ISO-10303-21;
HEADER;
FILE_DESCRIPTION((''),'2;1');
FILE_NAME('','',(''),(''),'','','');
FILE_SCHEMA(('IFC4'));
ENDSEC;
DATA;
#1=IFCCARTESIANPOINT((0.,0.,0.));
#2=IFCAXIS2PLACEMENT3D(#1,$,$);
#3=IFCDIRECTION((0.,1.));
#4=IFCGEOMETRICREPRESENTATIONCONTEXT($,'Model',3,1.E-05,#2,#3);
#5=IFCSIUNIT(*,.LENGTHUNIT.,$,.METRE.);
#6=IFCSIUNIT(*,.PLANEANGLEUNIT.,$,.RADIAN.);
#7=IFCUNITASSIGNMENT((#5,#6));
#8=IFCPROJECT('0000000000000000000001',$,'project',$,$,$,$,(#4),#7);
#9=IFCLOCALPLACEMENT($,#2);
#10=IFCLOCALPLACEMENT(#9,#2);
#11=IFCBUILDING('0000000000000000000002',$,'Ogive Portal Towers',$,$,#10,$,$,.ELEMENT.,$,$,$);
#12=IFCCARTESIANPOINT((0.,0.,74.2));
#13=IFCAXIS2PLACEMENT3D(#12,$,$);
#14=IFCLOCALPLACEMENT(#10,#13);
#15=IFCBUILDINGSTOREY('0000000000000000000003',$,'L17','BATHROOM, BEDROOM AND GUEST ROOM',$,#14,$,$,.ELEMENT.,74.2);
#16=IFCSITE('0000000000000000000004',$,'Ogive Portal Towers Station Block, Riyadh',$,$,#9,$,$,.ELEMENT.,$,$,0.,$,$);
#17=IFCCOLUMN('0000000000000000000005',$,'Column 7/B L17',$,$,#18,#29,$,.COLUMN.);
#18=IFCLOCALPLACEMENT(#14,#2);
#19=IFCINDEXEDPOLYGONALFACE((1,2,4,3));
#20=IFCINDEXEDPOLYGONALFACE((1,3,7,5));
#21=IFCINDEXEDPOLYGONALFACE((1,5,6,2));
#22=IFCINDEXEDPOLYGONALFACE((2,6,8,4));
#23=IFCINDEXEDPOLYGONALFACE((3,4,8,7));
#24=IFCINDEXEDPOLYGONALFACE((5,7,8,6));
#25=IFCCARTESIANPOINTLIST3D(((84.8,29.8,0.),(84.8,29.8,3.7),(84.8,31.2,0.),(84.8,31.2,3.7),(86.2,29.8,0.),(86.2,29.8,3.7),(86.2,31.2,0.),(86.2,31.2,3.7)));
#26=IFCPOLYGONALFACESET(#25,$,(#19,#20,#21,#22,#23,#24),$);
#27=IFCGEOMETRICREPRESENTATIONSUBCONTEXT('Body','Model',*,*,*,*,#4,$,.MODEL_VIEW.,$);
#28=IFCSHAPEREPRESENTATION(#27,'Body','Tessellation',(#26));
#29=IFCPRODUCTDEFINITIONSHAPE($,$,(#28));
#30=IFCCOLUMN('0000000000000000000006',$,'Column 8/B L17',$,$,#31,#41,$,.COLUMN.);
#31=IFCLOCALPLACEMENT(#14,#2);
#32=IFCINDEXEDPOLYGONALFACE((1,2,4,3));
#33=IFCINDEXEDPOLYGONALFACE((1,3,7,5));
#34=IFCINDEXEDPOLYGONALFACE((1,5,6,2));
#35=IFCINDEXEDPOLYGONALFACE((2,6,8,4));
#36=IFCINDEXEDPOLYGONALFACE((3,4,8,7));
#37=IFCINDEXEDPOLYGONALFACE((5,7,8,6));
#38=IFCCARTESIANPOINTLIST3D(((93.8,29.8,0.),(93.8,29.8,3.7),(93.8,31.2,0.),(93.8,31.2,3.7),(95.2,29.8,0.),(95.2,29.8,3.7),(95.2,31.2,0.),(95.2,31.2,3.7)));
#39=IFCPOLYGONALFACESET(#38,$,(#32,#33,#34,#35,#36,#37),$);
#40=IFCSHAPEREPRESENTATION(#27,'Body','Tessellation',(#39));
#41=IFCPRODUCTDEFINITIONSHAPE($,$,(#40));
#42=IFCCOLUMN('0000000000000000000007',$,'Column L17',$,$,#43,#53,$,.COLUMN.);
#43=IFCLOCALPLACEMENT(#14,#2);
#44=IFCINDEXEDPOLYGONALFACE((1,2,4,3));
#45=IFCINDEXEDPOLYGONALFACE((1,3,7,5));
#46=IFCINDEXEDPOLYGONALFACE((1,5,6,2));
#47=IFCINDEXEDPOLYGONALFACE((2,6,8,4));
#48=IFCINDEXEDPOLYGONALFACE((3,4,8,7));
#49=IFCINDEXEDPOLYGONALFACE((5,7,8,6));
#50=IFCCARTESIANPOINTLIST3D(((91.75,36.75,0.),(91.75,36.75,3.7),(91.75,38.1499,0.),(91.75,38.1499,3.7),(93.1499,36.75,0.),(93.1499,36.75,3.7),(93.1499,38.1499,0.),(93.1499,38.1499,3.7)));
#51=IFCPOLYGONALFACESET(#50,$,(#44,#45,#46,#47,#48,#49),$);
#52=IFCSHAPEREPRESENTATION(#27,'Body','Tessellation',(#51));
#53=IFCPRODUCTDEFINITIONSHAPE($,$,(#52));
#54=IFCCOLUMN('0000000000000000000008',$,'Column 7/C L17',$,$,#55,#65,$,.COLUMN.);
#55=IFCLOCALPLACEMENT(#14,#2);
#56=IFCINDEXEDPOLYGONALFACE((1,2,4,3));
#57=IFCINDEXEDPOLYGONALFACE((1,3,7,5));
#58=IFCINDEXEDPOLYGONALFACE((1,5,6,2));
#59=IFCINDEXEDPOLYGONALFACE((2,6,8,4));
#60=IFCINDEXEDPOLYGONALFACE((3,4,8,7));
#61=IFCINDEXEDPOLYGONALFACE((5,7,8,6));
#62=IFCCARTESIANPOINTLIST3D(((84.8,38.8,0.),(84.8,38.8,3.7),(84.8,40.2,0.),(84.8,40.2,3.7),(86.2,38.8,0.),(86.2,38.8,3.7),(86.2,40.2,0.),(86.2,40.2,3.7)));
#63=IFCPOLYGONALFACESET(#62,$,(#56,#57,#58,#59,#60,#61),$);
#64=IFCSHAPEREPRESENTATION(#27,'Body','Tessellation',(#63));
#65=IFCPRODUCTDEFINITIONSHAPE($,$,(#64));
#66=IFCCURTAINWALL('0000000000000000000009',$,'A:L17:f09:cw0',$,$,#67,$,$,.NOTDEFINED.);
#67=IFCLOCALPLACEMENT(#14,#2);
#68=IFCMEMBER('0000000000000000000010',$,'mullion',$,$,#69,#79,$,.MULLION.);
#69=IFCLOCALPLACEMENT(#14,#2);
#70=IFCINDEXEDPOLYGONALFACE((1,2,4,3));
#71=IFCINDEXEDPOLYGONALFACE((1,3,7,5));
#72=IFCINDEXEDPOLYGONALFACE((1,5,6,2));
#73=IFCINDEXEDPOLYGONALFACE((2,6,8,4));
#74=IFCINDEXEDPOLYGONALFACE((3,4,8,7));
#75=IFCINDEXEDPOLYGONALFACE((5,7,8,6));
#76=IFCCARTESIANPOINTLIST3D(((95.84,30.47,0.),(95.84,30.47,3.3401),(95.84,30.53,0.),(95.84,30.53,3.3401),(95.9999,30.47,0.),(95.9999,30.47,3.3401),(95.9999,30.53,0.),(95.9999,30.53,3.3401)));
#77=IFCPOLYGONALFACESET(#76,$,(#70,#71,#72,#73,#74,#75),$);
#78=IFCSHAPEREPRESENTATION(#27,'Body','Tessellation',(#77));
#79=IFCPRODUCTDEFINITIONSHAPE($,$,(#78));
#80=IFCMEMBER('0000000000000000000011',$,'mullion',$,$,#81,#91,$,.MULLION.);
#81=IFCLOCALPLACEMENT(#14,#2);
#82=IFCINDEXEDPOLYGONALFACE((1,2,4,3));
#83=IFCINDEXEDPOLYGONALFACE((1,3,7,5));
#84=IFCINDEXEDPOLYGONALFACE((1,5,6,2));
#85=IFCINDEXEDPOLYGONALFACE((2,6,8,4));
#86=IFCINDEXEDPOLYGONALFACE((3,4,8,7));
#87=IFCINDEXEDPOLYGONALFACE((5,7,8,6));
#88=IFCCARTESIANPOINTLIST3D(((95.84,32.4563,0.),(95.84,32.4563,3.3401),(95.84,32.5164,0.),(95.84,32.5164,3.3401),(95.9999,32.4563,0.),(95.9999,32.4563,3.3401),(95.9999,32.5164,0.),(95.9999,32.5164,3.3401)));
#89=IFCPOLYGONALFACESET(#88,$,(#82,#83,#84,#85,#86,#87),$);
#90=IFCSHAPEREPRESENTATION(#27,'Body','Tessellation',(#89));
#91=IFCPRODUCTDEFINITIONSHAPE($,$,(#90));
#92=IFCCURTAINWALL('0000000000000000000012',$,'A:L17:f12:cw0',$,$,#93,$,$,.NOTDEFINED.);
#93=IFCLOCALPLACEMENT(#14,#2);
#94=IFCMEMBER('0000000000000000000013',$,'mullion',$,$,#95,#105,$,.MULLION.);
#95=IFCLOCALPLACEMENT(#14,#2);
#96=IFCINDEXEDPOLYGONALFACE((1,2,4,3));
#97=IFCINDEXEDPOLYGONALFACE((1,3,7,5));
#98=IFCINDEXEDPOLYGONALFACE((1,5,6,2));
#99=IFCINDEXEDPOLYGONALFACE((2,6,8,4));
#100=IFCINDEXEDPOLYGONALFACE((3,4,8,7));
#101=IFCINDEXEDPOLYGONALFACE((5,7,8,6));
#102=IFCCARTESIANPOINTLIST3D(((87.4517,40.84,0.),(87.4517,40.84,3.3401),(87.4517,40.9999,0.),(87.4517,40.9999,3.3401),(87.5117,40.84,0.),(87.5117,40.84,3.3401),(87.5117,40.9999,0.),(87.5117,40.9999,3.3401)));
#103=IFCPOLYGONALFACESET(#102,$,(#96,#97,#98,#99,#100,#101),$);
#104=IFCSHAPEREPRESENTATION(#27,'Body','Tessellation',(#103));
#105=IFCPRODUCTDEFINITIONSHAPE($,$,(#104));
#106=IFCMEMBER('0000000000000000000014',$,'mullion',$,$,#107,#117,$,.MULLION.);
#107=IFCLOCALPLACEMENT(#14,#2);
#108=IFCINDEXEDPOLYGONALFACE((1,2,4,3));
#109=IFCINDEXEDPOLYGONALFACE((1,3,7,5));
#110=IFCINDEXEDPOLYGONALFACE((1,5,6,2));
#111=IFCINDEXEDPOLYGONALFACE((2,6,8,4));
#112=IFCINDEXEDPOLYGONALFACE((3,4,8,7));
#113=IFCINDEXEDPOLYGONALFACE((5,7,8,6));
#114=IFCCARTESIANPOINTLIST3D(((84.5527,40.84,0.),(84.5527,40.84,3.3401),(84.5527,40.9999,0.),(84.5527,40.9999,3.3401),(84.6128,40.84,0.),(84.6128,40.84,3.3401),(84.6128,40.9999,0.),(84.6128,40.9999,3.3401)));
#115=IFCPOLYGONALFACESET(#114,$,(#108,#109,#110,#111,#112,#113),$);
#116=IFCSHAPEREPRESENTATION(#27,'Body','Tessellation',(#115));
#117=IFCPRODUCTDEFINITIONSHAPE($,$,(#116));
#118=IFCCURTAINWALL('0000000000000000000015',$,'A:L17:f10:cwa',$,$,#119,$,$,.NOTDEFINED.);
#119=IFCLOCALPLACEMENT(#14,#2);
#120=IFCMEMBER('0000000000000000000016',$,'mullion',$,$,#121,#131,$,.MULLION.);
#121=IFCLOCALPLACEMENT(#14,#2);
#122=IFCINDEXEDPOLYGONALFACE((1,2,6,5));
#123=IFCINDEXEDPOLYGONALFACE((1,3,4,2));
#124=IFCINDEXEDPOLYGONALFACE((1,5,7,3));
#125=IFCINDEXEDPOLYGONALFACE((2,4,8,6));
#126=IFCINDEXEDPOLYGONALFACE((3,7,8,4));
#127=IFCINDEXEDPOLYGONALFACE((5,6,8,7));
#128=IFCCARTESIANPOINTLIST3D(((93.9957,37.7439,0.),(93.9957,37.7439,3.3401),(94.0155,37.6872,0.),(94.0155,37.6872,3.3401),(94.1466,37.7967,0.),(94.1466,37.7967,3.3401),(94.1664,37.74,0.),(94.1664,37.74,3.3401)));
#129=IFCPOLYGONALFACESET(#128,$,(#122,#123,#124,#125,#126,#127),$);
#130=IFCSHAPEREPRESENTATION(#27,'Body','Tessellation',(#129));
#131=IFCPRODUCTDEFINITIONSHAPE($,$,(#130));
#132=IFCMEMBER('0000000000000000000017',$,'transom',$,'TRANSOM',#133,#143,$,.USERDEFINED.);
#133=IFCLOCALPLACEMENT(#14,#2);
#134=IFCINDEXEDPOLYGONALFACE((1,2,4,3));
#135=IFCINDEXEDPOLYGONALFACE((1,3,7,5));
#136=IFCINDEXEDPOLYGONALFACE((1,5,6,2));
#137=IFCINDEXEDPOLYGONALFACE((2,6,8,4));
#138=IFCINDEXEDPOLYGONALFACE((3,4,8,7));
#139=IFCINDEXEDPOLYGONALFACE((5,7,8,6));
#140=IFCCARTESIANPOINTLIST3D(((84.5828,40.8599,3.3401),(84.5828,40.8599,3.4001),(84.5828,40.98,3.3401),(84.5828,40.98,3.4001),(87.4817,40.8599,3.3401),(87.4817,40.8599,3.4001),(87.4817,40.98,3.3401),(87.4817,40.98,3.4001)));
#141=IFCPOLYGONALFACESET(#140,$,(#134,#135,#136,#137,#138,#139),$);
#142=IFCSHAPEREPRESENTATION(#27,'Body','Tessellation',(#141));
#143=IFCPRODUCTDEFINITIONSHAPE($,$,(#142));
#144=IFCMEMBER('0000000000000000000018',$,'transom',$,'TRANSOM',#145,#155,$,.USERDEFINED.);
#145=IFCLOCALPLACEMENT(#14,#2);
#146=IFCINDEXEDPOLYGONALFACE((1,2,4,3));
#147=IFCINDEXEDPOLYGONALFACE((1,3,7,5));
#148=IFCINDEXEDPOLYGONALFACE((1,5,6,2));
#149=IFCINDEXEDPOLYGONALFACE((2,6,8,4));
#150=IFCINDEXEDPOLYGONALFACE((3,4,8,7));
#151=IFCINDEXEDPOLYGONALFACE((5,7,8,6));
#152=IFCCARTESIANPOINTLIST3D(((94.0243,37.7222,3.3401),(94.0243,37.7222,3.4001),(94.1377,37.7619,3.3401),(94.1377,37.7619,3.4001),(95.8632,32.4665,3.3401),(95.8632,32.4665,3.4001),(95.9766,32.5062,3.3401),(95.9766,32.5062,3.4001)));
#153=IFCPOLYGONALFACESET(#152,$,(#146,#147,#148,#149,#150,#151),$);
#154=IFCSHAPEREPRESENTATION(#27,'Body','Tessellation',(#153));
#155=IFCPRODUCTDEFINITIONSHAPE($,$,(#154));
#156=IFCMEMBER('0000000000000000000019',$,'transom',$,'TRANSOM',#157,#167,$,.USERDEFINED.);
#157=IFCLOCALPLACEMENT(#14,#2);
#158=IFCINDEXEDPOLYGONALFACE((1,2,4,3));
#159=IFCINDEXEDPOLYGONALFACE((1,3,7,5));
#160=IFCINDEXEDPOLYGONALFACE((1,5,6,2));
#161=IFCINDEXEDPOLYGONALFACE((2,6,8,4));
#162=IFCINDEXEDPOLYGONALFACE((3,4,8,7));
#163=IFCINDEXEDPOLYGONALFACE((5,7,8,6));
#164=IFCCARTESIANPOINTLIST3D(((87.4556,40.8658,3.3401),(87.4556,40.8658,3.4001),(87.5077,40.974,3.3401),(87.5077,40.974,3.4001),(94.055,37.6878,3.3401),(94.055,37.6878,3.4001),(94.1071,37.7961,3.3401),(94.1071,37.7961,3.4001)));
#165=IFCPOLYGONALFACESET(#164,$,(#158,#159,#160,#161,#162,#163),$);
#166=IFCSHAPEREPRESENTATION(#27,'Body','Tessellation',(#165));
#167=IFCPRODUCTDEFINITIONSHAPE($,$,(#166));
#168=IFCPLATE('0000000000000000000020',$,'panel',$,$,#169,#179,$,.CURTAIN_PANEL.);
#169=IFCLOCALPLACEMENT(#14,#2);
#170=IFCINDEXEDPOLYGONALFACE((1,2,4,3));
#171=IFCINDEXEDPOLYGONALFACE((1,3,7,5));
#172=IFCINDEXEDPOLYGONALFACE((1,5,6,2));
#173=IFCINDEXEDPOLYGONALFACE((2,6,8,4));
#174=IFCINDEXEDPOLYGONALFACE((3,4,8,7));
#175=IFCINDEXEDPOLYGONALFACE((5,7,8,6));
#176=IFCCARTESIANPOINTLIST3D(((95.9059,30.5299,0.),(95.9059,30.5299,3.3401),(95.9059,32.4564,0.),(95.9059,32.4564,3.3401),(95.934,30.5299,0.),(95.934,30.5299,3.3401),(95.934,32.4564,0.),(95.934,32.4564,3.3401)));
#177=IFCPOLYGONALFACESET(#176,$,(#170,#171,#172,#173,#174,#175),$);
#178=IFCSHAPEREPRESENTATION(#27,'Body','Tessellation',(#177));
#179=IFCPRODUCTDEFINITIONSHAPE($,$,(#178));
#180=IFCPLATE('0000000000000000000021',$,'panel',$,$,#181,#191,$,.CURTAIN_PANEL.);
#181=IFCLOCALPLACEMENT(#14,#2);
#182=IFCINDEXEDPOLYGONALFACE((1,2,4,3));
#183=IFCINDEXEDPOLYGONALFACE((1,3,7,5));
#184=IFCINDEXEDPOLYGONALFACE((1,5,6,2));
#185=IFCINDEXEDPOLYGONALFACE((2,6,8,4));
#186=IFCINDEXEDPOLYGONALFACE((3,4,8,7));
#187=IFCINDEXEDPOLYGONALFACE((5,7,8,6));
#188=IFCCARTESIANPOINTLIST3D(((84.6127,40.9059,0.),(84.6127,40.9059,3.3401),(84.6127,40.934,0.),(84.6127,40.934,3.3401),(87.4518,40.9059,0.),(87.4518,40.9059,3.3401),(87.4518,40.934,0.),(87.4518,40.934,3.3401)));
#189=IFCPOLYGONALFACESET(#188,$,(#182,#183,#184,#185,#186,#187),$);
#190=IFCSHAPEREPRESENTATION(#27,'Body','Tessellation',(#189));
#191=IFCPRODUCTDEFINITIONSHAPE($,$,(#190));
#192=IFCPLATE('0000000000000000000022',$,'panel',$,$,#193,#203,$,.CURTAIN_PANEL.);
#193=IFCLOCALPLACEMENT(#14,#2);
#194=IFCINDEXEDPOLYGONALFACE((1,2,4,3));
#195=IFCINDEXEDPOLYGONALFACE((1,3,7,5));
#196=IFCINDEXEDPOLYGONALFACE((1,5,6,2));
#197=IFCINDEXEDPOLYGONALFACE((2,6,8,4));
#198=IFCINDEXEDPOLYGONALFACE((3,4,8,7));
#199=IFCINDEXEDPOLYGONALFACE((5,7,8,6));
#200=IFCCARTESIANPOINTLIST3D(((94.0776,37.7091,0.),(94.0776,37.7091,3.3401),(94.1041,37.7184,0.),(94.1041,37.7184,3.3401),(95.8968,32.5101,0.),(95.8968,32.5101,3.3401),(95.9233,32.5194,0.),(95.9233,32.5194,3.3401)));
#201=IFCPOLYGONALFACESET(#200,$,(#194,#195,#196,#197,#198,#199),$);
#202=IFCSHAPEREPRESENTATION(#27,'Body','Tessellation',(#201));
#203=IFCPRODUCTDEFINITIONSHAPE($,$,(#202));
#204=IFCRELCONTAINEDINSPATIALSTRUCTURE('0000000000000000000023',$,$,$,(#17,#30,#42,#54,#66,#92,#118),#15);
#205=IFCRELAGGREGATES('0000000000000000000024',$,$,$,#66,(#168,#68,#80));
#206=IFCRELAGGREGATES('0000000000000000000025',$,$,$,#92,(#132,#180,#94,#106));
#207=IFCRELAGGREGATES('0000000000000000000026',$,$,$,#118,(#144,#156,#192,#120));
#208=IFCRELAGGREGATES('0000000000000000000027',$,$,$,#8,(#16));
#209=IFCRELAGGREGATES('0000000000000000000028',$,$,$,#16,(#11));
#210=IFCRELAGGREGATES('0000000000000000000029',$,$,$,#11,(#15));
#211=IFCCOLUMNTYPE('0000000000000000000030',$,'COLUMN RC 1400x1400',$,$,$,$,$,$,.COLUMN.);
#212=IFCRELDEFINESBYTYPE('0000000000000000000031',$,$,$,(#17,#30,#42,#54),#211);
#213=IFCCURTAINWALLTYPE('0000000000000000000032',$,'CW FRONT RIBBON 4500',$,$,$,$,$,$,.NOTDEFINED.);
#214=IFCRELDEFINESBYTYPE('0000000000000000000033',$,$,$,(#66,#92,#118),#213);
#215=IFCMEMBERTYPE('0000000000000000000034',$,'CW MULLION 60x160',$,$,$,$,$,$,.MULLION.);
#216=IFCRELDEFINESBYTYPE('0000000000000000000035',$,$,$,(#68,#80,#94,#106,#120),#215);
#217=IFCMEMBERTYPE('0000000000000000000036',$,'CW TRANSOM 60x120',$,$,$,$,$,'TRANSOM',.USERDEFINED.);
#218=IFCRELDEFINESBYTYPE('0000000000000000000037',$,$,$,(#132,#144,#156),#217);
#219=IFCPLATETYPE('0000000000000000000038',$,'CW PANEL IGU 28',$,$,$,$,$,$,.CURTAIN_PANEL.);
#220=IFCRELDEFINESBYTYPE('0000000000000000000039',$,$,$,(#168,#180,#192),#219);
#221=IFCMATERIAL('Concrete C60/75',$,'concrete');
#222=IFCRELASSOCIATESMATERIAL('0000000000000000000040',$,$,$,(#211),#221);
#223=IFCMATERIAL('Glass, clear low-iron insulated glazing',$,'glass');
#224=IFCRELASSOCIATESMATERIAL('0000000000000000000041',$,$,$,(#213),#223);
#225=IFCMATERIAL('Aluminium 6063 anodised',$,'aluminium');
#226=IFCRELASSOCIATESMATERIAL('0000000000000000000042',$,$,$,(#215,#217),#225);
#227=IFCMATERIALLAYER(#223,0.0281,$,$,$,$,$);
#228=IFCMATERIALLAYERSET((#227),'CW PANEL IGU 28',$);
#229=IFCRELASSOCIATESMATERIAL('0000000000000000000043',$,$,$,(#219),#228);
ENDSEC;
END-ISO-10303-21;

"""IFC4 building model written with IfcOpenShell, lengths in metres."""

from ifc_helpers import new_model, si_unit, direction, frame, origin, origin_2d, place, context, subcontext, project, spatial, rectangle, extrude, material, layer, layer_set, material_profile, profile_set, type_object, element, aggregate, save


model = new_model("IFC4")

# Units and contexts
model_context = context("Model", 3, precision=1e-05, world=origin(), true_north=direction((0.0, 1.0)))
body_context = subcontext(model_context, "Body", "Model", "MODEL_VIEW")
ifc_project = project(units=[si_unit("LENGTHUNIT", "METRE"), si_unit("PLANEANGLEUNIT", "RADIAN")], contexts=[model_context])

# Site, building, storey
site_placement = place(None, origin())
site = spatial("IfcSite", under=ifc_project, at=site_placement, Name="Ogive Portal Towers Station Block, Riyadh", CompositionType="ELEMENT", RefElevation=0.0)
building_placement = place(site_placement, origin())
building = spatial("IfcBuilding", under=site, at=building_placement, Name="Ogive Portal Towers", CompositionType="ELEMENT")
storey_placement = place(building_placement, frame((0.0, 0.0, 74.2)))
storey = spatial("IfcBuildingStorey", under=building, at=storey_placement, Name="L17", Description="BATHROOM, BEDROOM AND GUEST ROOM", CompositionType="ELEMENT", Elevation=74.2)

# Columns
ifc_material_1 = material(Name="Concrete C60/75", Category="concrete")
ifc_material_profile_1 = material_profile(ifc_material_1, rectangle(XDim=1.3999, YDim=1.3999, at=origin_2d()), Name="RC 1400x1400")
ifc_profile_set_1 = profile_set([ifc_material_profile_1], Name="Concrete C60/75")
column_type = type_object("IfcColumnType", Name="COLUMN RC 1400x1400", PredefinedType="COLUMN", material=ifc_profile_set_1)
for number, where, z_axis, x_axis, name in (
    (1, (85.5, 30.5, 0.0), (0.0, 0.0, 1.0), (1.0, 0.0, 0.0), "Column 7/B L17"),
    (2, (94.5, 30.5, 0.0), (0.0, 0.0, 1.0), (1.0, 0.0, 0.0), "Column 8/B L17"),
    (3, (92.45, 37.45, 0.0), (0.0, 0.0, 1.0), (1.0, 0.0, 0.0), "Column L17"),
    (4, (85.5, 39.5, 0.0), (0.0, 0.0, 1.0), (1.0, 0.0, 0.0), "Column 7/C L17"),
):
    element("IfcColumn", number, at=place(storey_placement, frame(where, z_axis=z_axis, x_axis=x_axis)), inside=storey, type_object=column_type, Name=name, PredefinedType="COLUMN", context=body_context, shape_type="SweptSolid", body=[
        extrude(rectangle(XDim=1.3999, YDim=1.3999, at=origin_2d()), origin(), (0.0, 0.0, 1.0), 3.7),
    ])

# Curtain walls, members
ifc_material_2 = material(Name="Glass, clear low-iron insulated glazing", Category="glass")
curtain_wall_type = type_object("IfcCurtainWallType", Name="CW FRONT RIBBON 4500", PredefinedType="NOTDEFINED", material=ifc_material_2)
curtain_wall_1_placement = place(storey_placement, origin())
curtain_wall_1 = element("IfcCurtainWall", 5, at=curtain_wall_1_placement, inside=storey, type_object=curtain_wall_type, Name="A:L17:f09:cw0", PredefinedType="NOTDEFINED")
ifc_material_3 = material(Name="Aluminium 6063 anodised", Category="aluminium")
ifc_material_profile_2 = material_profile(ifc_material_3, rectangle(XDim=0.1599, YDim=0.0601, at=origin_2d()), Name="AL 60x160")
ifc_profile_set_2 = profile_set([ifc_material_profile_2], Name="Aluminium 6063 anodised")
member_type_1 = type_object("IfcMemberType", Name="CW MULLION 60x160", PredefinedType="MULLION", material=ifc_profile_set_2)
member_1_placement = place(storey_placement, frame((95.9199, 30.5, 0.0), z_axis=(0.0, 0.0, 1.0), x_axis=(-1.0, 0.0, 0.0)))
member_1 = element("IfcMember", 6, at=member_1_placement, type_object=member_type_1, Name="mullion", PredefinedType="MULLION", context=body_context, shape_type="SweptSolid", body=[
    extrude(rectangle(XDim=0.1599, YDim=0.0601, at=origin_2d()), origin(), (0.0, 0.0, 1.0), 3.3401),
])
member_2_placement = place(storey_placement, frame((95.9199, 32.4863, 0.0), z_axis=(0.0, 0.0, 1.0), x_axis=(-1.0, 0.0, 0.0)))
member_2 = element("IfcMember", 7, at=member_2_placement, type_object=member_type_1, Name="mullion", PredefinedType="MULLION", context=body_context, shape_type="SweptSolid", body=[
    extrude(rectangle(XDim=0.1599, YDim=0.0601, at=origin_2d()), origin(), (0.0, 0.0, 1.0), 3.3401),
])
curtain_wall_2_placement = place(storey_placement, origin())
curtain_wall_2 = element("IfcCurtainWall", 8, at=curtain_wall_2_placement, inside=storey, type_object=curtain_wall_type, Name="A:L17:f12:cw0", PredefinedType="NOTDEFINED")
member_3_placement = place(storey_placement, frame((87.4817, 40.9199, 0.0), z_axis=(0.0, 0.0, 1.0), x_axis=(0.0, -1.0, 0.0)))
member_3 = element("IfcMember", 9, at=member_3_placement, type_object=member_type_1, Name="mullion", PredefinedType="MULLION", context=body_context, shape_type="SweptSolid", body=[
    extrude(rectangle(XDim=0.1599, YDim=0.0601, at=origin_2d()), origin(), (0.0, 0.0, 1.0), 3.3401),
])
member_4_placement = place(storey_placement, frame((84.5828, 40.9199, 0.0), z_axis=(0.0, 0.0, 1.0), x_axis=(0.0, -1.0, 0.0)))
member_4 = element("IfcMember", 10, at=member_4_placement, type_object=member_type_1, Name="mullion", PredefinedType="MULLION", context=body_context, shape_type="SweptSolid", body=[
    extrude(rectangle(XDim=0.1599, YDim=0.0601, at=origin_2d()), origin(), (0.0, 0.0, 1.0), 3.3401),
])

# Curtain wall, member
curtain_wall_3_placement = place(storey_placement, origin())
curtain_wall_3 = element("IfcCurtainWall", 11, at=curtain_wall_3_placement, inside=storey, type_object=curtain_wall_type, Name="A:L17:f10:cwa", PredefinedType="NOTDEFINED")
member_5_placement = place(storey_placement, frame((94.0811, 37.7419, 0.0), z_axis=(0.0, 0.0, 1.0), x_axis=(-0.943883, -0.330279, 0.0)))
member_5 = element("IfcMember", 12, at=member_5_placement, type_object=member_type_1, Name="mullion", PredefinedType="MULLION", context=body_context, shape_type="SweptSolid", body=[
    extrude(rectangle(XDim=0.1599, YDim=0.0601, at=origin_2d()), origin(), (0.0, 0.0, 1.0), 3.3401),
])

# Members
ifc_material_profile_3 = material_profile(ifc_material_3, rectangle(XDim=0.1201, YDim=0.0601, at=origin_2d()), Name="AL 120x60")
ifc_profile_set_3 = profile_set([ifc_material_profile_3], Name="Aluminium 6063 anodised")
member_type_2 = type_object("IfcMemberType", Name="CW TRANSOM 60x120", ElementType="TRANSOM", PredefinedType="USERDEFINED", material=ifc_profile_set_3)
member_6_placement = place(storey_placement, frame((87.4817, 40.9199, 3.3701), z_axis=(-1.0, 0.0, 0.0), x_axis=(0.0, -1.0, 0.0)))
member_6 = element("IfcMember", 13, at=member_6_placement, type_object=member_type_2, Name="transom", ObjectType="TRANSOM", PredefinedType="USERDEFINED", context=body_context, shape_type="SweptSolid", body=[
    extrude(rectangle(XDim=0.1201, YDim=0.0601, at=origin_2d()), origin(), (0.0, 0.0, 1.0), 2.8989),
])
member_7_placement = place(storey_placement, frame((95.9199, 32.4863, 3.3701), z_axis=(-0.330255, 0.943892, 0.0), x_axis=(-0.943892, -0.330255, 0.0)))
member_7 = element("IfcMember", 14, at=member_7_placement, type_object=member_type_2, Name="transom", ObjectType="TRANSOM", PredefinedType="USERDEFINED", context=body_context, shape_type="SweptSolid", body=[
    extrude(rectangle(XDim=0.1201, YDim=0.0601, at=origin_2d()), origin(), (0.0, 0.0, 1.0), 5.5681),
])
member_8_placement = place(storey_placement, frame((94.0811, 37.7419, 3.3701), z_axis=(-0.900975, 0.433872, 0.0), x_axis=(-0.433872, -0.900975, 0.0)))
member_8 = element("IfcMember", 15, at=member_8_placement, type_object=member_type_2, Name="transom", ObjectType="TRANSOM", PredefinedType="USERDEFINED", context=body_context, shape_type="SweptSolid", body=[
    extrude(rectangle(XDim=0.1201, YDim=0.0601, at=origin_2d()), origin(), (0.0, 0.0, 1.0), 7.3247),
])

# Plates
ifc_layer_1 = layer(ifc_material_2, 0.0281)
ifc_layer_set_1 = layer_set([ifc_layer_1], Name="CW PANEL IGU 28")
plate_type = type_object("IfcPlateType", Name="CW PANEL IGU 28", PredefinedType="CURTAIN_PANEL", material=ifc_layer_set_1)
plate_1_placement = place(storey_placement, frame((95.9199, 31.4932, 0.0), z_axis=(0.0, 0.0, 1.0), x_axis=(0.0, 1.0, 0.0)))
plate_1 = element("IfcPlate", 16, at=plate_1_placement, type_object=plate_type, Name="panel", PredefinedType="CURTAIN_PANEL", context=body_context, shape_type="SweptSolid", body=[
    extrude(rectangle(XDim=1.9265, YDim=0.0281, at=origin_2d()), origin(), (0.0, 0.0, 1.0), 3.3401),
])
aggregate(curtain_wall_1, [plate_1, member_1, member_2])
plate_2_placement = place(storey_placement, frame((86.0322, 40.9199, 0.0), z_axis=(0.0, 0.0, 1.0), x_axis=(-1.0, 0.0, 0.0)))
plate_2 = element("IfcPlate", 17, at=plate_2_placement, type_object=plate_type, Name="panel", PredefinedType="CURTAIN_PANEL", context=body_context, shape_type="SweptSolid", body=[
    extrude(rectangle(XDim=2.8391, YDim=0.0281, at=origin_2d()), origin(), (0.0, 0.0, 1.0), 3.3401),
])
aggregate(curtain_wall_2, [member_6, plate_2, member_3, member_4])
plate_3_placement = place(storey_placement, frame((95.0005, 35.1143, 0.0), z_axis=(0.0, 0.0, 1.0), x_axis=(-0.330279, 0.943883, 0.0)))
plate_3 = element("IfcPlate", 18, at=plate_3_placement, type_object=plate_type, Name="panel", PredefinedType="CURTAIN_PANEL", context=body_context, shape_type="SweptSolid", body=[
    extrude(rectangle(XDim=5.5081, YDim=0.0281, at=origin_2d()), origin(), (0.0, 0.0, 1.0), 3.3401),
])
aggregate(curtain_wall_3, [member_7, member_8, plate_3, member_5])

save(model, "model.ifc")
